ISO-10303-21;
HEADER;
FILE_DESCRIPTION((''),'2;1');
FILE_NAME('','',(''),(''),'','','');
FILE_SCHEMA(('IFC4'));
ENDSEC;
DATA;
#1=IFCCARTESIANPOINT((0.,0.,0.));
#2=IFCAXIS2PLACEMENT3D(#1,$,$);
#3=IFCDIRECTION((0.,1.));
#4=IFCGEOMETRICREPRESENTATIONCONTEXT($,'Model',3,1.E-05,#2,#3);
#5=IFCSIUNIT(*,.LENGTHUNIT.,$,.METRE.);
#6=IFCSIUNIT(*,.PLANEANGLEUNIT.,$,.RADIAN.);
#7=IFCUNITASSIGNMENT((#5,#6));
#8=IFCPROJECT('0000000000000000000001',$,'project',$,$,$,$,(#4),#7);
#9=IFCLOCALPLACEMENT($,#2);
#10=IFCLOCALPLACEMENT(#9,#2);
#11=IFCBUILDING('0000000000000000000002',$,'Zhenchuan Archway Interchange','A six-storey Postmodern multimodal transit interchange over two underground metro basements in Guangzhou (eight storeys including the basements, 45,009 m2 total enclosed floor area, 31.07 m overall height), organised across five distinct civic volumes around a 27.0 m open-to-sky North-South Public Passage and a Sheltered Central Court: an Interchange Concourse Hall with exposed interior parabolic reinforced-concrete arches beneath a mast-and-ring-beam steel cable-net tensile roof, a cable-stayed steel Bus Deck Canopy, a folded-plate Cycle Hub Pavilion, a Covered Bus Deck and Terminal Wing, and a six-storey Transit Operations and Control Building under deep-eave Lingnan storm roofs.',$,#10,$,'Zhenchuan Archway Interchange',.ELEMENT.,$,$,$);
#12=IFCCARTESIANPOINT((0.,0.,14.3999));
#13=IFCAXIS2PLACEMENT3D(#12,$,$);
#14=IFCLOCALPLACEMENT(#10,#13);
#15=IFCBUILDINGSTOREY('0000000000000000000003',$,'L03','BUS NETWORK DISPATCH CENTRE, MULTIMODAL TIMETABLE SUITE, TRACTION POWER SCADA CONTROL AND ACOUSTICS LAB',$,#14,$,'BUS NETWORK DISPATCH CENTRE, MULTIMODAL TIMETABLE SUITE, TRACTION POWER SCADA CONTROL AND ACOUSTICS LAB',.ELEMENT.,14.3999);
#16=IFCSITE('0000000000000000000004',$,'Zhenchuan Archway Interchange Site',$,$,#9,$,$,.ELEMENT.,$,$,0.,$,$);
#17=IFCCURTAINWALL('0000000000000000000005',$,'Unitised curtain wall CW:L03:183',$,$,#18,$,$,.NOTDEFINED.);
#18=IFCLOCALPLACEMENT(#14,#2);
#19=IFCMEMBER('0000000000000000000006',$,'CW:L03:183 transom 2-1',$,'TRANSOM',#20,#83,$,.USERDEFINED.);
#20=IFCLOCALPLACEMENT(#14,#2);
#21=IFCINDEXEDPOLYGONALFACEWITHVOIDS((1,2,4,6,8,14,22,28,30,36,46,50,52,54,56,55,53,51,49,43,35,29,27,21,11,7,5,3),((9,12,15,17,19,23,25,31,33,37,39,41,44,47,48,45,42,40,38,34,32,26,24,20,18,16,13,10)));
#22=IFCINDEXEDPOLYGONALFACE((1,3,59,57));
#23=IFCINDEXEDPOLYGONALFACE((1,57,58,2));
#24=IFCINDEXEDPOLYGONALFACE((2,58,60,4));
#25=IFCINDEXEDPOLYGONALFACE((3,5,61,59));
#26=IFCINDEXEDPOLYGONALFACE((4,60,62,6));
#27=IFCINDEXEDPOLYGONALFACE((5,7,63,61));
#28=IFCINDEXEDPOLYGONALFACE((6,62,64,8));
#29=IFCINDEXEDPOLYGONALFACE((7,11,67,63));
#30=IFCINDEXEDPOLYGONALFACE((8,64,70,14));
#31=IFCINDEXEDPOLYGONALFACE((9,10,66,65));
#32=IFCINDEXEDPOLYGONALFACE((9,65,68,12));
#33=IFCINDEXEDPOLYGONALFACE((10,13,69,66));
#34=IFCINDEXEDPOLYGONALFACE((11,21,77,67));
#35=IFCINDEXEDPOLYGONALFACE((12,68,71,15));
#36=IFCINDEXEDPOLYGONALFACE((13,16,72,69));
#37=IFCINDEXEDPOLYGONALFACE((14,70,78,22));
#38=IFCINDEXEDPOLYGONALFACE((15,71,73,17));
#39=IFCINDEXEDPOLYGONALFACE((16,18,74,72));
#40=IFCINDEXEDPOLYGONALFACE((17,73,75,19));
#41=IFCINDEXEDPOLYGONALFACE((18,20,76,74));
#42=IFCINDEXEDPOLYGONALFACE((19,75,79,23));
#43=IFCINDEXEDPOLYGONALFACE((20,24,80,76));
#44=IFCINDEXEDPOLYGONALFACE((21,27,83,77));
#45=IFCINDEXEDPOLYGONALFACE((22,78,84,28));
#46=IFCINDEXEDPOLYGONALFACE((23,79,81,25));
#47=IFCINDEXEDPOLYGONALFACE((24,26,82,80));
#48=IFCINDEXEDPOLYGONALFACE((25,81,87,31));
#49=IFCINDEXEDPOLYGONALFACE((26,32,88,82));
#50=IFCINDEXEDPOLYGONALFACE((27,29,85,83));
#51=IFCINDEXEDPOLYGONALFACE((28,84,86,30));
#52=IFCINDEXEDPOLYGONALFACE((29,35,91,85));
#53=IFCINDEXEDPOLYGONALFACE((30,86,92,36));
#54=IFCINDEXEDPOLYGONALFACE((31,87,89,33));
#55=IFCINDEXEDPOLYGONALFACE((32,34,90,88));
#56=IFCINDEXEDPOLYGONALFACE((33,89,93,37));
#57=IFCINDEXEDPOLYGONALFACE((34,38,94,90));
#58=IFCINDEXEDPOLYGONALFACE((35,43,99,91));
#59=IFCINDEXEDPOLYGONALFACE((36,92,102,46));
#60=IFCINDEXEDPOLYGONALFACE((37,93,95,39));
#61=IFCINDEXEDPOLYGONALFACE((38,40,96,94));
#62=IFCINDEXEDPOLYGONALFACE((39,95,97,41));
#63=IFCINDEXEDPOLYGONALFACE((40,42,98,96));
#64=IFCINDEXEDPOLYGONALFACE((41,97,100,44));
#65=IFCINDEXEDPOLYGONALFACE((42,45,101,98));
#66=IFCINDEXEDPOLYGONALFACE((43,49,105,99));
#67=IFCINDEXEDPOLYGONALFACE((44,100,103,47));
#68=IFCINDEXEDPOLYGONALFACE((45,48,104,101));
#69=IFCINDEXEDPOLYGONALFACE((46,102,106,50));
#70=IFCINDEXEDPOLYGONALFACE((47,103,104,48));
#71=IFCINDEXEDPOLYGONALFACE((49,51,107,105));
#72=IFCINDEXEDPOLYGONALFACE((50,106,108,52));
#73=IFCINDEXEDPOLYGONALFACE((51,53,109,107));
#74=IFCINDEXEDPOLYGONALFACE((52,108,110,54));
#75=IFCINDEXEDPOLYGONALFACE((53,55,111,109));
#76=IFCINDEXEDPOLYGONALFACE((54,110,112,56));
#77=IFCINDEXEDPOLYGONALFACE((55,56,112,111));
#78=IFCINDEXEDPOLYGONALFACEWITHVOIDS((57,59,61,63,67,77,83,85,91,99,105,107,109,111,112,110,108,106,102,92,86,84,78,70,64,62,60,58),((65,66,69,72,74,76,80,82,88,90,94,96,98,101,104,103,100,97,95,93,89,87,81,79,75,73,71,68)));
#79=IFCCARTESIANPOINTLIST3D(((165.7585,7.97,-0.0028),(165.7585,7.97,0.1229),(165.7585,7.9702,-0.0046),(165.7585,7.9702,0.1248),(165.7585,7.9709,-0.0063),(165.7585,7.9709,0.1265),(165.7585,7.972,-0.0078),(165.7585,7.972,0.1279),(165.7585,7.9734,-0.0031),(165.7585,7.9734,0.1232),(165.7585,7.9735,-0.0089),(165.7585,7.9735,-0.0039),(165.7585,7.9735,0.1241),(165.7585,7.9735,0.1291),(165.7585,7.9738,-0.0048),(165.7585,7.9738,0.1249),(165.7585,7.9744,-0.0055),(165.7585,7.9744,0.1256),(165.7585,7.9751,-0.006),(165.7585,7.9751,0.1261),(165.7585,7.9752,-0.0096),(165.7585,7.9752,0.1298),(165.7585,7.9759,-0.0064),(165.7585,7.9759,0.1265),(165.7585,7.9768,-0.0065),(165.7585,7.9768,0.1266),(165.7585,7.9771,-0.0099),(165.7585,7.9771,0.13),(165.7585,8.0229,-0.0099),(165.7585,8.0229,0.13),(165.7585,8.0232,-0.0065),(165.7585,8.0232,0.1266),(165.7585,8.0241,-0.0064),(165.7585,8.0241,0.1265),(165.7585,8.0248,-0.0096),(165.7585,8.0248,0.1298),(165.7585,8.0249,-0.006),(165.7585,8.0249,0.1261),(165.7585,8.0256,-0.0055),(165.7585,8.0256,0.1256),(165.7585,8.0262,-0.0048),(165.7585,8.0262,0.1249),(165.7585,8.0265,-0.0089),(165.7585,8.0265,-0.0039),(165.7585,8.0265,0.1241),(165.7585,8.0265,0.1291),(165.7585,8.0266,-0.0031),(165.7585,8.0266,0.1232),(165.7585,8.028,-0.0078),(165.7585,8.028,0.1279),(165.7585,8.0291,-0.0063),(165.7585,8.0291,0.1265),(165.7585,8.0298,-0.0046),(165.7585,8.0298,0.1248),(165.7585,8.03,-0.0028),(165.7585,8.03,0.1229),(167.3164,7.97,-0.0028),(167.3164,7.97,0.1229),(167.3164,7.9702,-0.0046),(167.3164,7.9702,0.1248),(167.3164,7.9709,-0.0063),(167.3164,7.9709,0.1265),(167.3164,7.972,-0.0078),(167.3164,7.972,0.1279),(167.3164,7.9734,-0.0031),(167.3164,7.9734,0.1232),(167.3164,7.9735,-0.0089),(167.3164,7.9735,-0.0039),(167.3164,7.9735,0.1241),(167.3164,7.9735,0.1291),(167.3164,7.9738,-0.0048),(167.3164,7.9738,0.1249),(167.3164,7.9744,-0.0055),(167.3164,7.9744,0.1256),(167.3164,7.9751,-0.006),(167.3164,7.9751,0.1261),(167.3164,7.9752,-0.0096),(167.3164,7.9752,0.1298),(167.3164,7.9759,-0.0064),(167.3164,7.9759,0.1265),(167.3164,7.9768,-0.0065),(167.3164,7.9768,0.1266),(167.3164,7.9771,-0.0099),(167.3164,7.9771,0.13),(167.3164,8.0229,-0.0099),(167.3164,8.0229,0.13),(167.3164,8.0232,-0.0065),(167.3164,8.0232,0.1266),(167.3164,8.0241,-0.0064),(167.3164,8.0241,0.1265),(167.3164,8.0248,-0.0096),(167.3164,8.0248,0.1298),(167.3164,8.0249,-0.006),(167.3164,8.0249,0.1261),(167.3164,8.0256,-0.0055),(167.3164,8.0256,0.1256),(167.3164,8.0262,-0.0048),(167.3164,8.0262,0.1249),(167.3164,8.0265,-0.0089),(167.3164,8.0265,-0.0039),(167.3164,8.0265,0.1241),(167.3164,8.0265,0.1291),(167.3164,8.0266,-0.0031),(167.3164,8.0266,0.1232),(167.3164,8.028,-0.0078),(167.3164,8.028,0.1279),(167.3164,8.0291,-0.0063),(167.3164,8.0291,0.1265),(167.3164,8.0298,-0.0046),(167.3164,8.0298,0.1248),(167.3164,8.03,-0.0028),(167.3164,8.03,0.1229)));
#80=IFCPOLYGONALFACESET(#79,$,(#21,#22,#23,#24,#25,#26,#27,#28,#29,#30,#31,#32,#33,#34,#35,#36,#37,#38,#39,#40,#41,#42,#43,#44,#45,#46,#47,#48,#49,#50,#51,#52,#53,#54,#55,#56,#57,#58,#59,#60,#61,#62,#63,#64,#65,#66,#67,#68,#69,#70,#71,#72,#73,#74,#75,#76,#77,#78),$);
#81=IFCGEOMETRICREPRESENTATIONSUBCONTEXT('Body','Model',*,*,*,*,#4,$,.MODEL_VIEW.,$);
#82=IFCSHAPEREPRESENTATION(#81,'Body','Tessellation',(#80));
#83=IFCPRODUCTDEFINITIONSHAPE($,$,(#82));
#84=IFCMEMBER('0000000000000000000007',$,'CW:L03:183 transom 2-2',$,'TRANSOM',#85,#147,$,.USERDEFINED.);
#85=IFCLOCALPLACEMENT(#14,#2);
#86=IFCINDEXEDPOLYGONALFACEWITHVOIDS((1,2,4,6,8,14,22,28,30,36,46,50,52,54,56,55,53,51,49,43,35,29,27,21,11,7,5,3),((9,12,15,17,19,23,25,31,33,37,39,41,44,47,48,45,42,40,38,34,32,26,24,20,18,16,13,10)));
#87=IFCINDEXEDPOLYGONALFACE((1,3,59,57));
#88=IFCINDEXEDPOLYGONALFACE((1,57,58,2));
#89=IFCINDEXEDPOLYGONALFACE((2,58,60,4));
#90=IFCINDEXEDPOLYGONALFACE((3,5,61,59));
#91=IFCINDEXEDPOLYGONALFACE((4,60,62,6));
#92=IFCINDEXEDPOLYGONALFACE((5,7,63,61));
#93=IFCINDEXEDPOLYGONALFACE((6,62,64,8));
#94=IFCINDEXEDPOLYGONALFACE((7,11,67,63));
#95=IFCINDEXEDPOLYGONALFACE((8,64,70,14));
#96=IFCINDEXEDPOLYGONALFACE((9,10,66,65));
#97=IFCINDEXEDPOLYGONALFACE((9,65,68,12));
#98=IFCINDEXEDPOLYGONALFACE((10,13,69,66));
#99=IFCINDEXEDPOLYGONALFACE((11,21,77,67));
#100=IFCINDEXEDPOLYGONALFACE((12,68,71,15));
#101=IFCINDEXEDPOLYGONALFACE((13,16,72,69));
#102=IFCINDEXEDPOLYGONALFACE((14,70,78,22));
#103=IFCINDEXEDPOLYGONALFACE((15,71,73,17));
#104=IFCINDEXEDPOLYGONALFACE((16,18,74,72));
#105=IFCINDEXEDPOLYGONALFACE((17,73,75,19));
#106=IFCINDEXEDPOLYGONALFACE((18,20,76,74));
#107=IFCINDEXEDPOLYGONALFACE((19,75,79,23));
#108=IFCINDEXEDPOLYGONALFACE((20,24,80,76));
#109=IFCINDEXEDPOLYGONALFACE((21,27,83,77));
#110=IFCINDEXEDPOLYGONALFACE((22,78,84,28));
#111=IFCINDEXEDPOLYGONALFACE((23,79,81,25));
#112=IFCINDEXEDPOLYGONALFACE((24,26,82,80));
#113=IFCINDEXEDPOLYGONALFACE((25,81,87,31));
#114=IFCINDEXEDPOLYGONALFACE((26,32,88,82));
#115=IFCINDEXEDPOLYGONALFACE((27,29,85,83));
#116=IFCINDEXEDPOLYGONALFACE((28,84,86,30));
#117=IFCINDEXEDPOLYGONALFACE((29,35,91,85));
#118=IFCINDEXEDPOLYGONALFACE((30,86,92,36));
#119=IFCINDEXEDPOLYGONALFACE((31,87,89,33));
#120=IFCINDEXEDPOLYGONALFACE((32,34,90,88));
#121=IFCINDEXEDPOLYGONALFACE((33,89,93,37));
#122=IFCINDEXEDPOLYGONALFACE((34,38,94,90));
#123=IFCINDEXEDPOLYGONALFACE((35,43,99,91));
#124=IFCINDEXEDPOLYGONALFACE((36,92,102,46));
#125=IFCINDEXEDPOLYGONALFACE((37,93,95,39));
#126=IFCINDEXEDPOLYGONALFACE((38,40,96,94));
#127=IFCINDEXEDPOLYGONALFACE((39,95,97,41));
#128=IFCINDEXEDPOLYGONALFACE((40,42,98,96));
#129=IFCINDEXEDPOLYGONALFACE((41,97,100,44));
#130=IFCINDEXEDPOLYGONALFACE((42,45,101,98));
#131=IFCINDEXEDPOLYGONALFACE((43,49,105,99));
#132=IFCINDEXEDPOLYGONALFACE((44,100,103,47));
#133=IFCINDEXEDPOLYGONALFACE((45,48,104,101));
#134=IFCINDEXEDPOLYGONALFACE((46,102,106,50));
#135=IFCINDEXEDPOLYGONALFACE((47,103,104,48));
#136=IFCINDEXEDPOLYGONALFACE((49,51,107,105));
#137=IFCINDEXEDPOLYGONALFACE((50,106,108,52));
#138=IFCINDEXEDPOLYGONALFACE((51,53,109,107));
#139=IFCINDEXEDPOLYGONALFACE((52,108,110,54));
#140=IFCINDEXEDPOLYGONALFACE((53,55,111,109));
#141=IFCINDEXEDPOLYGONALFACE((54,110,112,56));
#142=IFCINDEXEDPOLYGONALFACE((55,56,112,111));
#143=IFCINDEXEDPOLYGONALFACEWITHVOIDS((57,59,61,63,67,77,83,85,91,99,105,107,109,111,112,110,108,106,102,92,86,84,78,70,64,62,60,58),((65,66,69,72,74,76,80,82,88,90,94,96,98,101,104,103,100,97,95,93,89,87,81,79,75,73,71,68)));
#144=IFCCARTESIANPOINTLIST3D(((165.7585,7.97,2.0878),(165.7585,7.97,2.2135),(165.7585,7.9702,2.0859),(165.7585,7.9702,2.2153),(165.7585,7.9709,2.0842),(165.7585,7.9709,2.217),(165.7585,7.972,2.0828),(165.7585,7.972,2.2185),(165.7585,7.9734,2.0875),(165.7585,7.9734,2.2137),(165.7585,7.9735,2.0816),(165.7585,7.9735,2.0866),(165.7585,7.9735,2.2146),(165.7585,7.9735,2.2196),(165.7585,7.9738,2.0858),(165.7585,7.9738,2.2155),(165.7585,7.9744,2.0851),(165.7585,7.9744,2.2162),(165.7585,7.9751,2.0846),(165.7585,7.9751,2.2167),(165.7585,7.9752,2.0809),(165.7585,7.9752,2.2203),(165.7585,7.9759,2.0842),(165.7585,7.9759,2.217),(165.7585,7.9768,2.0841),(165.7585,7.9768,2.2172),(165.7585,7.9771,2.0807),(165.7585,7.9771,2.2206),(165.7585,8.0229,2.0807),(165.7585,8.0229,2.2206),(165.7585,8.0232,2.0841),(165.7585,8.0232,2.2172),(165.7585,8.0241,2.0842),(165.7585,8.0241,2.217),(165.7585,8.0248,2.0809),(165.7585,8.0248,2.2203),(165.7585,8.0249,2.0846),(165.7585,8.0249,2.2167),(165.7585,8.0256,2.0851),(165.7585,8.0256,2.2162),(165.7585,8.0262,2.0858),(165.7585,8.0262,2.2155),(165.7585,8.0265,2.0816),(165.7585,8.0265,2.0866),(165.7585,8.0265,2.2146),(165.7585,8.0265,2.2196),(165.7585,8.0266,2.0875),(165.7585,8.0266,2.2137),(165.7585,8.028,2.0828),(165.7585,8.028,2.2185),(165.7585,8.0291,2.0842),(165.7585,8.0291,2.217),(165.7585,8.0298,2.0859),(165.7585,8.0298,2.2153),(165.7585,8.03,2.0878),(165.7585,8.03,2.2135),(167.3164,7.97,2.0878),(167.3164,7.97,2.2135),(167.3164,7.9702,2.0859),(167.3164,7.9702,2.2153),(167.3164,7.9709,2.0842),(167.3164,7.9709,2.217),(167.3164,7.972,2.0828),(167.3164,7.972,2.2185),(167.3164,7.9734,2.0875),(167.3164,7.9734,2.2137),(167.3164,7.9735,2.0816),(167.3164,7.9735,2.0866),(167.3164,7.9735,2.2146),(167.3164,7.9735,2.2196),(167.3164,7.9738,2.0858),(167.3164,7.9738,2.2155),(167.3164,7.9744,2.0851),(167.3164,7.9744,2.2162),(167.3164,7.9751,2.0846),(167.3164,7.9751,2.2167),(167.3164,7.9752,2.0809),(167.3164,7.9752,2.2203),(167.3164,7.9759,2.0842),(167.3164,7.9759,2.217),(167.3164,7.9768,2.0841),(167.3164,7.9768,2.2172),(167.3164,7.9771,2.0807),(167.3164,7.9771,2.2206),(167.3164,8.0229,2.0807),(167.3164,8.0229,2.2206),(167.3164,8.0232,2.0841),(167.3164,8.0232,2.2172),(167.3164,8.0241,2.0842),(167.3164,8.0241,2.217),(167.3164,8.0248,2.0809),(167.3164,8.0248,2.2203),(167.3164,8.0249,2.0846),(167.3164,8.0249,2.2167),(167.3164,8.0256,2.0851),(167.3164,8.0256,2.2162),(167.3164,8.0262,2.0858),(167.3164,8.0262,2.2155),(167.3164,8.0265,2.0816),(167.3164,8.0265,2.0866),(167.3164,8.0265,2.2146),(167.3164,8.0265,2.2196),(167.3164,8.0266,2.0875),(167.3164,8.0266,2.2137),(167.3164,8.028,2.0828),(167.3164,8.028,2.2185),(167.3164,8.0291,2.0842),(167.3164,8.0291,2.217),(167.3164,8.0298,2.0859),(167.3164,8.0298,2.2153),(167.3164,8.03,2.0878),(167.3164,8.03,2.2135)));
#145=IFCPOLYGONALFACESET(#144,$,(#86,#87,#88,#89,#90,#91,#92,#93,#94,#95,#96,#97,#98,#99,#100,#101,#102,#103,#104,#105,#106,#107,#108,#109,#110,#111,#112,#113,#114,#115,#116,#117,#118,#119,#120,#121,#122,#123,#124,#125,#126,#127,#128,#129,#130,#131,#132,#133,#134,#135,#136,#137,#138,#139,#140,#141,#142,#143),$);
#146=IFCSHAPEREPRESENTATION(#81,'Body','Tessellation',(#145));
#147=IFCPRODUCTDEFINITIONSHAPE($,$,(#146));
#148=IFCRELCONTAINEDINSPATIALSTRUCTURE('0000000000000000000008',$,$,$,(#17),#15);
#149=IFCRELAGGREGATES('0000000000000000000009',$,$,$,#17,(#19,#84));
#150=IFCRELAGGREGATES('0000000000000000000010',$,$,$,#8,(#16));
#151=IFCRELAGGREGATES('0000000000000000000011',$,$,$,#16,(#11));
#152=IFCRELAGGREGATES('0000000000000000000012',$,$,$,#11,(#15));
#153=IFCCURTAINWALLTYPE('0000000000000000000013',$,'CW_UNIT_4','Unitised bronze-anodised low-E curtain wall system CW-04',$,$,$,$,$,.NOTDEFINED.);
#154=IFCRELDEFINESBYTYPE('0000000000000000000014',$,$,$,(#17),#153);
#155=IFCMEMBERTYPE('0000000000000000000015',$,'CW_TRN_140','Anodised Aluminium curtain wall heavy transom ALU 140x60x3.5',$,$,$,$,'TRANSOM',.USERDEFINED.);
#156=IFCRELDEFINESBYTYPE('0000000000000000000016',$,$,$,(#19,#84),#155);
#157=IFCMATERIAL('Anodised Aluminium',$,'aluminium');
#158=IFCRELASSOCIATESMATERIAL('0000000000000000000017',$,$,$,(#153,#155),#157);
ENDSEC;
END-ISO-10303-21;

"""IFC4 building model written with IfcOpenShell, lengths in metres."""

from ifc_helpers import new_model, si_unit, direction, frame, origin, origin_2d, place, context, subcontext, project, spatial, hollow_rectangle, extrude, material, material_profile, profile_set, type_object, element, aggregate, save


model = new_model("IFC4")

# Units and contexts
model_context = context("Model", 3, precision=1e-05, world=origin(), true_north=direction((0.0, 1.0)))
body_context = subcontext(model_context, "Body", "Model", "MODEL_VIEW")
ifc_project = project(units=[si_unit("LENGTHUNIT", "METRE"), si_unit("PLANEANGLEUNIT", "RADIAN")], contexts=[model_context])

# Site, building, storey
site_placement = place(None, origin())
site = spatial("IfcSite", under=ifc_project, at=site_placement, Name="Zhenchuan Archway Interchange Site", CompositionType="ELEMENT", RefElevation=0.0)
building_placement = place(site_placement, origin())
building = spatial("IfcBuilding", under=site, at=building_placement, Name="Zhenchuan Archway Interchange", Description="A six-storey Postmodern multimodal transit interchange over two underground metro basements in Guangzhou (eight storeys including the basements, 45,009 m2 total enclosed floor area, 31.07 m overall height), organised across five distinct civic volumes around a 27.0 m open-to-sky North-South Public Passage and a Sheltered Central Court: an Interchange Concourse Hall with exposed interior parabolic reinforced-concrete arches beneath a mast-and-ring-beam steel cable-net tensile roof, a cable-stayed steel Bus Deck Canopy, a folded-plate Cycle Hub Pavilion, a Covered Bus Deck and Terminal Wing, and a six-storey Transit Operations and Control Building under deep-eave Lingnan storm roofs.", LongName="Zhenchuan Archway Interchange", CompositionType="ELEMENT")
storey_placement = place(building_placement, frame((0.0, 0.0, 14.3999)))
storey = spatial("IfcBuildingStorey", under=building, at=storey_placement, Name="L03", Description="BUS NETWORK DISPATCH CENTRE, MULTIMODAL TIMETABLE SUITE, TRACTION POWER SCADA CONTROL AND ACOUSTICS LAB", LongName="BUS NETWORK DISPATCH CENTRE, MULTIMODAL TIMETABLE SUITE, TRACTION POWER SCADA CONTROL AND ACOUSTICS LAB", CompositionType="ELEMENT", Elevation=14.3999)

# Curtain wall, members
ifc_material_1 = material(Name="Anodised Aluminium", Category="aluminium")
curtain_wall_type = type_object("IfcCurtainWallType", Name="CW_UNIT_4", Description="Unitised bronze-anodised low-E curtain wall system CW-04", PredefinedType="NOTDEFINED", material=ifc_material_1)
curtain_wall_placement = place(storey_placement, origin())
curtain_wall = element("IfcCurtainWall", 1, at=curtain_wall_placement, inside=storey, type_object=curtain_wall_type, Name="Unitised curtain wall CW:L03:183", PredefinedType="NOTDEFINED")
ifc_material_profile_1 = material_profile(ifc_material_1, hollow_rectangle(XDim=0.0601, YDim=0.1399, WallThickness=0.0034, InnerFilletRadius=0.0034, OuterFilletRadius=0.0071, at=origin_2d()), Name="ALU 140x60x3.5")
ifc_profile_set_1 = profile_set([ifc_material_profile_1], Name="Anodised Aluminium")
member_type_1 = type_object("IfcMemberType", Name="CW_TRN_140", Description="Anodised Aluminium curtain wall heavy transom ALU 140x60x3.5", ElementType="TRANSOM", PredefinedType="USERDEFINED", material=ifc_profile_set_1)
member_1_placement = place(storey_placement, frame((167.3164, 8.0, 0.0601), z_axis=(-1.0, 0.0, 0.0), x_axis=(0.0, -1.0, 0.0)))
member_1 = element("IfcMember", 2, at=member_1_placement, type_object=member_type_1, Name="CW:L03:183 transom 2-1", ObjectType="TRANSOM", PredefinedType="USERDEFINED", context=body_context, shape_type="SweptSolid", body=[
    extrude(hollow_rectangle(XDim=0.0601, YDim=0.1399, WallThickness=0.0034, InnerFilletRadius=0.0034, OuterFilletRadius=0.0071, at=origin_2d()), origin(), (0.0, 0.0, 1.0), 1.5579),
])
member_2_placement = place(storey_placement, frame((167.3164, 8.0, 2.1506), z_axis=(-1.0, 0.0, 0.0), x_axis=(0.0, -1.0, 0.0)))
member_2 = element("IfcMember", 3, at=member_2_placement, type_object=member_type_1, Name="CW:L03:183 transom 2-2", ObjectType="TRANSOM", PredefinedType="USERDEFINED", context=body_context, shape_type="SweptSolid", body=[
    extrude(hollow_rectangle(XDim=0.0601, YDim=0.1399, WallThickness=0.0034, InnerFilletRadius=0.0034, OuterFilletRadius=0.0071, at=origin_2d()), origin(), (0.0, 0.0, 1.0), 1.5579),
])

aggregate(curtain_wall, [member_1, member_2])

save(model, "model.ifc")
